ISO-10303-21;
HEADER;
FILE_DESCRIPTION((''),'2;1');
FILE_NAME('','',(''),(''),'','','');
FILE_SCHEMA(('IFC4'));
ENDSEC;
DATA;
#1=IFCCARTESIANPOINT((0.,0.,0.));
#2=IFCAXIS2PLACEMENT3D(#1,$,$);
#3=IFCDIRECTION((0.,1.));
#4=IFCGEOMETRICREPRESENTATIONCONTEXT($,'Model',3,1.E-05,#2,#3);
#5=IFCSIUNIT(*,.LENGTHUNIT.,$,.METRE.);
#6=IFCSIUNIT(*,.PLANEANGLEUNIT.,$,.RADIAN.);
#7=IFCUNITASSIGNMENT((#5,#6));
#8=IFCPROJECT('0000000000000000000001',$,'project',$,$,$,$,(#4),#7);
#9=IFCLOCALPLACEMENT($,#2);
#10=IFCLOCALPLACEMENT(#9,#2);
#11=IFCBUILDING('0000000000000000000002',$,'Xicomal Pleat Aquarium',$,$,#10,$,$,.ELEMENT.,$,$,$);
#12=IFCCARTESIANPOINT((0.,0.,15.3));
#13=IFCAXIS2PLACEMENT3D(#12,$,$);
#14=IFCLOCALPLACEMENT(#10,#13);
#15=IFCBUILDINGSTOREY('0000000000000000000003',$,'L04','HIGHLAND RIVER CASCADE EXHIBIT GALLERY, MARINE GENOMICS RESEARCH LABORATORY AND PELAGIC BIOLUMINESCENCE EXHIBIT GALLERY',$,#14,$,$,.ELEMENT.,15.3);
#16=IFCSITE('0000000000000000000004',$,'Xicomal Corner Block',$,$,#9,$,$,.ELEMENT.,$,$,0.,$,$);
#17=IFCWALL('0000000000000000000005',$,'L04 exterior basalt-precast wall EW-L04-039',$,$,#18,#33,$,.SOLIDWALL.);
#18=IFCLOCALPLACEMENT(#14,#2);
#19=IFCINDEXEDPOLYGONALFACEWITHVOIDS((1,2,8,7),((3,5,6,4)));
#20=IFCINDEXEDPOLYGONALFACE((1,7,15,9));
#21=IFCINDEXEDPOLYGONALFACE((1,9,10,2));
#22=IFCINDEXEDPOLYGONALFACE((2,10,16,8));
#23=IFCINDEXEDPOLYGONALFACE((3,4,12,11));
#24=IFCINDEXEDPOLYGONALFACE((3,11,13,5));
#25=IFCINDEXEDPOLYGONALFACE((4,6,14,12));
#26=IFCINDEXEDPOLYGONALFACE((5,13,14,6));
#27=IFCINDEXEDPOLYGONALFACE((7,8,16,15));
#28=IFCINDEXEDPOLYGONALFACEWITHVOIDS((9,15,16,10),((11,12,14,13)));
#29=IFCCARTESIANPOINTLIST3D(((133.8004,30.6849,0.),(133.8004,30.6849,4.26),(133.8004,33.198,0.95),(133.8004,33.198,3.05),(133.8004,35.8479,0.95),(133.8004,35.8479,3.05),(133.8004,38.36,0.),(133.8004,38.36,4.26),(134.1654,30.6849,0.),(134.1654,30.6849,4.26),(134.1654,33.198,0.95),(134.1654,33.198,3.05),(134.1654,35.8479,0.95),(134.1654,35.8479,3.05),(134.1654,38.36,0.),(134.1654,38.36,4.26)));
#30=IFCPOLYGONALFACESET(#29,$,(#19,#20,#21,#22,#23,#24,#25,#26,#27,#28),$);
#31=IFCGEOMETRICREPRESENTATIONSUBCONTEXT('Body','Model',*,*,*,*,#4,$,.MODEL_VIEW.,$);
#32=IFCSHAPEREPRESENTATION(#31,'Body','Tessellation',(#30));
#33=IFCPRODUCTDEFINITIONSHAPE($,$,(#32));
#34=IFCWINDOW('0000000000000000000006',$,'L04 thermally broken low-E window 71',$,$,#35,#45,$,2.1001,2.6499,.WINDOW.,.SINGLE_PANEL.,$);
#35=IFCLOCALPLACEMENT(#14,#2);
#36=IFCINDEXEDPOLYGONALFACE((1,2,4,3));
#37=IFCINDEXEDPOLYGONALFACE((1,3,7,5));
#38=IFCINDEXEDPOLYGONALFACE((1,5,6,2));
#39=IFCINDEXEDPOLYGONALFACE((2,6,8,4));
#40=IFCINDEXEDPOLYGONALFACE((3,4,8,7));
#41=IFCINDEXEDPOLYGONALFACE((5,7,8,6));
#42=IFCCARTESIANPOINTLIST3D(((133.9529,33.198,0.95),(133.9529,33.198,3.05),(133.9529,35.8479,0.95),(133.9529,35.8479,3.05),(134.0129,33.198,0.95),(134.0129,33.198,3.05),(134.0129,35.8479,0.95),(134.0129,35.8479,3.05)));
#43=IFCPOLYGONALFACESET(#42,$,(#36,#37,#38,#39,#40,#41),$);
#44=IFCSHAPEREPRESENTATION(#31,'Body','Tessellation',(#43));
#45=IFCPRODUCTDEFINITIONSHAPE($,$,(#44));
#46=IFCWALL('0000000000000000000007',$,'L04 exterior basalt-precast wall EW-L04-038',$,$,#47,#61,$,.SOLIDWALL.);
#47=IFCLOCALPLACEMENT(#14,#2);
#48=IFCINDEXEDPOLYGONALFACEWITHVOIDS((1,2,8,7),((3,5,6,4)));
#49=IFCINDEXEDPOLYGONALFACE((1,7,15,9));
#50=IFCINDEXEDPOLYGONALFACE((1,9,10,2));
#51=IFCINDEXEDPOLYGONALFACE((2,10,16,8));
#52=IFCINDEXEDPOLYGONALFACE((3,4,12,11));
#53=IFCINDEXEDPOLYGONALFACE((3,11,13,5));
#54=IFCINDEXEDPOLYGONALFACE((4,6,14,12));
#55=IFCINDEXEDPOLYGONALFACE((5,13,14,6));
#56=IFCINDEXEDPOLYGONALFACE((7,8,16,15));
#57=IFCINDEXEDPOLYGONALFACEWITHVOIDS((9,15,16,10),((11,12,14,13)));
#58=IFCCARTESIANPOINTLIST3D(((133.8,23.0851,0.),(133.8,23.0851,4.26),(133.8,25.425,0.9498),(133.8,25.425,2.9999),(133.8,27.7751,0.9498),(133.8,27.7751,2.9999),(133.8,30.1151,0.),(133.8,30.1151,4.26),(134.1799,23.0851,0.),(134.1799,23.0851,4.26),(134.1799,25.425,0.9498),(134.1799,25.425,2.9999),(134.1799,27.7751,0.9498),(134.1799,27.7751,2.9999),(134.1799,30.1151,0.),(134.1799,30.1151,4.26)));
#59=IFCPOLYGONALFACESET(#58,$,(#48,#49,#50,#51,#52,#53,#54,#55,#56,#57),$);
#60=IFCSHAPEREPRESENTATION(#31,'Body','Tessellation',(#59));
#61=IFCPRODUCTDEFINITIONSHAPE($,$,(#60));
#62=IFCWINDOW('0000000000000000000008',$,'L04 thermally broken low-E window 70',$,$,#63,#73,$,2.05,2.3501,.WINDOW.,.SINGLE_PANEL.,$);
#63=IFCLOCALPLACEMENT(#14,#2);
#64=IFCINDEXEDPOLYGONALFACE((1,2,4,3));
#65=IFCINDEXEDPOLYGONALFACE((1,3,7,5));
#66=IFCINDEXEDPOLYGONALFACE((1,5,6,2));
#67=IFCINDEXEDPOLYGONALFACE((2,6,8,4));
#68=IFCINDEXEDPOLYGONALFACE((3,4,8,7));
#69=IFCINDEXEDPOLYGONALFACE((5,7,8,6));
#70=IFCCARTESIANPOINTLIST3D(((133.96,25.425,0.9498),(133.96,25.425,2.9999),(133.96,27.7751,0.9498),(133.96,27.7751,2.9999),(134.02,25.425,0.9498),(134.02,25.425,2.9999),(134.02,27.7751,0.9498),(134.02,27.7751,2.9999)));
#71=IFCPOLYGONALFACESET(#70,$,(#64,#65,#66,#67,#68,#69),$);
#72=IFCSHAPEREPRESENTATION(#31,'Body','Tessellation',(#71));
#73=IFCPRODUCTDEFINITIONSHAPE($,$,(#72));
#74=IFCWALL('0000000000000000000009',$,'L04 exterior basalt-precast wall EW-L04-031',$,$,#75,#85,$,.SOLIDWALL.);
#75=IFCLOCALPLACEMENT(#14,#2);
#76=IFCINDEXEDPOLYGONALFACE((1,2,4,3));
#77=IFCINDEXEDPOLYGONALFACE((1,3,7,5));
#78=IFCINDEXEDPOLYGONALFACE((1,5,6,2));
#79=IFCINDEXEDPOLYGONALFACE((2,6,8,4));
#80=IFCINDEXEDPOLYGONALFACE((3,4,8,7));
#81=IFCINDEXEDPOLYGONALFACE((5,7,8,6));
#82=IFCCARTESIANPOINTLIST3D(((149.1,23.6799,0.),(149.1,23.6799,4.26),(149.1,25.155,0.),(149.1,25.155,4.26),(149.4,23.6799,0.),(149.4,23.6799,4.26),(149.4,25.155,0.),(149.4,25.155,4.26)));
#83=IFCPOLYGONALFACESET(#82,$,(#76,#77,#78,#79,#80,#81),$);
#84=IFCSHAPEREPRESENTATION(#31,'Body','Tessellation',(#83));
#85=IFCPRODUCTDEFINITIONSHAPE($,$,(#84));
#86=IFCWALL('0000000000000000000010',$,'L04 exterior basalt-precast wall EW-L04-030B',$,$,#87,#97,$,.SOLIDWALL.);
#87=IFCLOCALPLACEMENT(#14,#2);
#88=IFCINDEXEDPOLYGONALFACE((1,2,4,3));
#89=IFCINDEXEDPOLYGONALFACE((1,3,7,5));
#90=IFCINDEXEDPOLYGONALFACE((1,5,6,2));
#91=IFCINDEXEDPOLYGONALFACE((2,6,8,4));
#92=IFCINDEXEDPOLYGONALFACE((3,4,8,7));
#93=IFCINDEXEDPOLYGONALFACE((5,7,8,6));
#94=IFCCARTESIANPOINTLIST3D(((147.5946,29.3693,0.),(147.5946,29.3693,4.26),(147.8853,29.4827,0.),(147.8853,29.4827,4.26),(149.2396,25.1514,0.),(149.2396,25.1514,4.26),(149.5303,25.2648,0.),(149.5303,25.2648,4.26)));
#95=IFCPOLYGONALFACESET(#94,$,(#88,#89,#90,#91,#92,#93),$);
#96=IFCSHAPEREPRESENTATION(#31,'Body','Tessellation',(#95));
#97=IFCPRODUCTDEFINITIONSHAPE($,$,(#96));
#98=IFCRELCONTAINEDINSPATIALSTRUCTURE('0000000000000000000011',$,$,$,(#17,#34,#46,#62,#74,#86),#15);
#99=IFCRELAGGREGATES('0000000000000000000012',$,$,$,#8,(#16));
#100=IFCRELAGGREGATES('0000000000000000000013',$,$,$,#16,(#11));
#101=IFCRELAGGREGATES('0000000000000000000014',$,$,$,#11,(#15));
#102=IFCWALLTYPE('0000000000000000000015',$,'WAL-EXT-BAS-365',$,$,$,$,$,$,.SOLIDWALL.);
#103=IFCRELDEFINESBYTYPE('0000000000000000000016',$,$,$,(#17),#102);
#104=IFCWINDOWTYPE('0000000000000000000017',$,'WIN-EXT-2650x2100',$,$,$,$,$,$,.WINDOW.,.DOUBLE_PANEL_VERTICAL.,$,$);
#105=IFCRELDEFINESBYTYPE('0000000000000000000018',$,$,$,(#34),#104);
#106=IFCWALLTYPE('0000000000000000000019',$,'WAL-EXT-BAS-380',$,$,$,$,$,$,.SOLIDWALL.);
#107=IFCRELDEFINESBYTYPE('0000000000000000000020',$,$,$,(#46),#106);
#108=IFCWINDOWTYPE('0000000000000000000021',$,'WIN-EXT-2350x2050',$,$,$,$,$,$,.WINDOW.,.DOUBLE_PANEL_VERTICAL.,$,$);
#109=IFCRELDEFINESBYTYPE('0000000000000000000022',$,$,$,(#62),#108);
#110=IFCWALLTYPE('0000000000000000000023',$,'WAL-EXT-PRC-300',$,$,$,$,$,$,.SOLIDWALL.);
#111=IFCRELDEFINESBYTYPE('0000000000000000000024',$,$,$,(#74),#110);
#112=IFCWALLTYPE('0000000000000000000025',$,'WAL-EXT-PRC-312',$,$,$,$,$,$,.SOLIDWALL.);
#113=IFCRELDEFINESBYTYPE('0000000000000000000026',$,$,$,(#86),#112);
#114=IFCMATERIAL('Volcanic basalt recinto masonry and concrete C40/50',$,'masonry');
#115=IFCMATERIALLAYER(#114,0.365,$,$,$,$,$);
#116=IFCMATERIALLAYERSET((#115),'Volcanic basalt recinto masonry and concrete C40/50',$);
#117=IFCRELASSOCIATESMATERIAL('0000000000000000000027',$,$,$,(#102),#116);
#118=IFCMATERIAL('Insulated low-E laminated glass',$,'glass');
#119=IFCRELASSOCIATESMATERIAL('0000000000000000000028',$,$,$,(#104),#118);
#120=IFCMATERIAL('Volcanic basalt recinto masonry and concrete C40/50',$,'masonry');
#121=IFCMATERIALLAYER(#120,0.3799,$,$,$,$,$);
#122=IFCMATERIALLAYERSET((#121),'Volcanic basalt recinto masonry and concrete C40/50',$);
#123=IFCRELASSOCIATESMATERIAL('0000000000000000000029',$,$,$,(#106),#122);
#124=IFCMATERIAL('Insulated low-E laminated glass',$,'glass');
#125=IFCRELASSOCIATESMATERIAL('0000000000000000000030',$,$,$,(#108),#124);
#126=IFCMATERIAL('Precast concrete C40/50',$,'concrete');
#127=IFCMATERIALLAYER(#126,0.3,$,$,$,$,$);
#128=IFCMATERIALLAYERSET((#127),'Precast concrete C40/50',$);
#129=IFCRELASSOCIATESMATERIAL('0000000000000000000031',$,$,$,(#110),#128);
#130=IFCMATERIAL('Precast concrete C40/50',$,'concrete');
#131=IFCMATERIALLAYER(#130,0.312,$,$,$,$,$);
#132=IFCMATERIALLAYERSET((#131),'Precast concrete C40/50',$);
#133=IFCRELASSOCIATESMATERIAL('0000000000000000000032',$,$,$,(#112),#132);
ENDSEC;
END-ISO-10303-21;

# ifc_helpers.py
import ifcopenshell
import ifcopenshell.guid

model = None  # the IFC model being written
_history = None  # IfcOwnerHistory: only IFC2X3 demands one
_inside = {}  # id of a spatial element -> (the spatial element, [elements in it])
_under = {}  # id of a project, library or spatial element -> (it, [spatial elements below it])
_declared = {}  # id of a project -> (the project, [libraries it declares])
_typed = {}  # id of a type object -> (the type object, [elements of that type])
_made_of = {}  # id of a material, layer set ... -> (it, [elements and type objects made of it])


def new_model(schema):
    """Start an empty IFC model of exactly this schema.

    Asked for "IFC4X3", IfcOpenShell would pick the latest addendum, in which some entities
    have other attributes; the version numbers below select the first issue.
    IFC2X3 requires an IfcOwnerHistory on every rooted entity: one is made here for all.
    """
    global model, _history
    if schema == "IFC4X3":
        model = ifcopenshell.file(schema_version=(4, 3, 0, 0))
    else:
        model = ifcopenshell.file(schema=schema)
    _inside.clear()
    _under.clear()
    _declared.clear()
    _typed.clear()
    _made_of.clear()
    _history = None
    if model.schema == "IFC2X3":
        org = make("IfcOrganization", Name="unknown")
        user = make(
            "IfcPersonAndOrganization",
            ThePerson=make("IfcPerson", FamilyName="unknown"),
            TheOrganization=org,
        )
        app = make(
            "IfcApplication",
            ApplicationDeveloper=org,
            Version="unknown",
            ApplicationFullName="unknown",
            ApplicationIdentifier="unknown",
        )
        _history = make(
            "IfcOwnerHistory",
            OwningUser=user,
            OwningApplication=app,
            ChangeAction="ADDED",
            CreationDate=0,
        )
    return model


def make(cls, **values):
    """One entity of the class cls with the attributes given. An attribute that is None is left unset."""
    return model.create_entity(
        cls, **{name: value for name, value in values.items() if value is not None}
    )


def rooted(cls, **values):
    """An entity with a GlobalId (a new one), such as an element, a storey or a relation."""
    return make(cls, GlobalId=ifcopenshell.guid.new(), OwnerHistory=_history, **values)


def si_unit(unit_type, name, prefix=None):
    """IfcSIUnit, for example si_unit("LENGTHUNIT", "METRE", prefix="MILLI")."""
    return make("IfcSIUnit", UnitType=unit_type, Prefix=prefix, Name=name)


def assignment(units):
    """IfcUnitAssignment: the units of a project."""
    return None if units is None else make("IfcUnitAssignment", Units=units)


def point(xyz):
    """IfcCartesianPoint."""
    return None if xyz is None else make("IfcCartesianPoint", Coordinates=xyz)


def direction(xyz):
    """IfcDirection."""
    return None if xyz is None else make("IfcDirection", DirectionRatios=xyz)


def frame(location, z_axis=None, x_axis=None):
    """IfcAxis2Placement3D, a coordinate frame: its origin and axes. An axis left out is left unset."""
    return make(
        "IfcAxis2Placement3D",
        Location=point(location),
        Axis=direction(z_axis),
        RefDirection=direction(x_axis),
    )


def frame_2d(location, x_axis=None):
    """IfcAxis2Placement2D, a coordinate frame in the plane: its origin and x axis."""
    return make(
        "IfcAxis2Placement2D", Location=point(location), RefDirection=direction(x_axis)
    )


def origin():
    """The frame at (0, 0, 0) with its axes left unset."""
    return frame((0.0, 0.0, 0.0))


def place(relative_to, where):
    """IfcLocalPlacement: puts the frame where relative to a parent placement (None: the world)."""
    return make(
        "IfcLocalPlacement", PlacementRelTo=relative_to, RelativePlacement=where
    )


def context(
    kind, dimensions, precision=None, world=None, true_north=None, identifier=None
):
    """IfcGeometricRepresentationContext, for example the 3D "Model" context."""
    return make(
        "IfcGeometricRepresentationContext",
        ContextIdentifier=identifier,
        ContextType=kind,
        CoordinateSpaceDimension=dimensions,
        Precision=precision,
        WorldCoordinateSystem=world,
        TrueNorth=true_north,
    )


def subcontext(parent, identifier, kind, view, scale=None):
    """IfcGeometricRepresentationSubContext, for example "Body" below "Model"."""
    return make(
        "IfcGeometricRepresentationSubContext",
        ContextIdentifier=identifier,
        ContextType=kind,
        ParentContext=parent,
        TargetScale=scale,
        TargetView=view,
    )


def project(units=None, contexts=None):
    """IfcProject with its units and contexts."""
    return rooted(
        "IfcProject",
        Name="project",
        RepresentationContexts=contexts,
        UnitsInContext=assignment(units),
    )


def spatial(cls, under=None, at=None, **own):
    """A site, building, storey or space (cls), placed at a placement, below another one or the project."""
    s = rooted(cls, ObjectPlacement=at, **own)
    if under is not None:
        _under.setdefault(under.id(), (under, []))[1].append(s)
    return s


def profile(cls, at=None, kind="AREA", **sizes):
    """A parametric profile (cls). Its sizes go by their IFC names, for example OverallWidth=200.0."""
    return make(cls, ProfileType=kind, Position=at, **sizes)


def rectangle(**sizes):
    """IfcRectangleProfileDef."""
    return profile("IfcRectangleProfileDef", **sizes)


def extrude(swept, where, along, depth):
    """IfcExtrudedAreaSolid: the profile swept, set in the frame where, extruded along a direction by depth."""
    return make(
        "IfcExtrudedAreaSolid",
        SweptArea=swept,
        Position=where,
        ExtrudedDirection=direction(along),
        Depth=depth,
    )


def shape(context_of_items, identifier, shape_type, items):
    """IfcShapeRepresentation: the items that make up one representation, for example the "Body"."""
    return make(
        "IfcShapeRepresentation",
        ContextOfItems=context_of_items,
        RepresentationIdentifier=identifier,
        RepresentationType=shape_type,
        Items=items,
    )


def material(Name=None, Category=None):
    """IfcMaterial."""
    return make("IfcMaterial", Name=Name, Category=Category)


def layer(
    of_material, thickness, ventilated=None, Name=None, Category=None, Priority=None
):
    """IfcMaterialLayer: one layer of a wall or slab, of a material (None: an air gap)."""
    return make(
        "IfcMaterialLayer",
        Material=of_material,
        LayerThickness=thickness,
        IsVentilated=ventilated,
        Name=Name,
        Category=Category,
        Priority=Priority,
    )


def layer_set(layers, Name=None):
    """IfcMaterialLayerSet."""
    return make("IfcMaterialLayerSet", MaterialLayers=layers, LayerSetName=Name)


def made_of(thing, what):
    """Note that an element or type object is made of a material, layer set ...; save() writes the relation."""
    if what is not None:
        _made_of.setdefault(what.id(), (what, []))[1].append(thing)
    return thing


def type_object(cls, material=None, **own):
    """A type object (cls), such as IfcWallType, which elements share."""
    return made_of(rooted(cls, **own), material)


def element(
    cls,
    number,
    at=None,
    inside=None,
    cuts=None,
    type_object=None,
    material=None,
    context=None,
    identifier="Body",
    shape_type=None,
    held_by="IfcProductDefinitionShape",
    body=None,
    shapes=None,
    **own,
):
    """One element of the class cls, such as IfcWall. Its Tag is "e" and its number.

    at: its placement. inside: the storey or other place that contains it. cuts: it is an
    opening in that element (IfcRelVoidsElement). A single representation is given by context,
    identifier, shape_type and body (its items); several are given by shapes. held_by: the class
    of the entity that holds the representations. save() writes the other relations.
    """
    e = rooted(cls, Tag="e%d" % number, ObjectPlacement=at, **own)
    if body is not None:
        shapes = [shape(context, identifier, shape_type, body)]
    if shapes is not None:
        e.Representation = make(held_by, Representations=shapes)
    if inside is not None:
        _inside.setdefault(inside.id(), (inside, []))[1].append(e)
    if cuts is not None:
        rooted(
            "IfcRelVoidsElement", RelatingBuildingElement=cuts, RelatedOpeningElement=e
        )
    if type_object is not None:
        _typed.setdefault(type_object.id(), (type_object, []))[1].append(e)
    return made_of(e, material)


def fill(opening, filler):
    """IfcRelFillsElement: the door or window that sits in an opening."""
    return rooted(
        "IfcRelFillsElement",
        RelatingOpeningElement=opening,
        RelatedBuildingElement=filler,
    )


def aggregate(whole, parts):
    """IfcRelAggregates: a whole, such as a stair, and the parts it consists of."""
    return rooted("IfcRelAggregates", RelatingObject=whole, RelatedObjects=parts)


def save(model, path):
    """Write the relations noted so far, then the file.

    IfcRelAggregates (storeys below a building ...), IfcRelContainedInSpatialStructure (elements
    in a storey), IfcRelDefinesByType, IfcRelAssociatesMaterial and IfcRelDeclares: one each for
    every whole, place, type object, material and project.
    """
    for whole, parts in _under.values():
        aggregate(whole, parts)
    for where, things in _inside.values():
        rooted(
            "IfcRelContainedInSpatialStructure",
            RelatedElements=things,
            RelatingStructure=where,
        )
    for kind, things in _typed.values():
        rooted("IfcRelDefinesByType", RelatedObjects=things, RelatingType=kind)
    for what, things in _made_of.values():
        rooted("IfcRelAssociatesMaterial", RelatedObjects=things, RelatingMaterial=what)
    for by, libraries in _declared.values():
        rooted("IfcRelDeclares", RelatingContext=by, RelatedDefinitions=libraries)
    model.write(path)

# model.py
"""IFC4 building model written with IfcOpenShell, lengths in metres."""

from ifc_helpers import new_model, si_unit, direction, frame, frame_2d, origin, place, context, subcontext, project, spatial, rectangle, extrude, material, layer, layer_set, type_object, element, fill, save


model = new_model("IFC4")

# Units and contexts
model_context = context("Model", 3, precision=1e-05, world=origin(), true_north=direction((0.0, 1.0)))
body_context = subcontext(model_context, "Body", "Model", "MODEL_VIEW")
ifc_project = project(units=[si_unit("LENGTHUNIT", "METRE"), si_unit("PLANEANGLEUNIT", "RADIAN")], contexts=[model_context])

# Site, building, storey
site_placement = place(None, origin())
site = spatial("IfcSite", under=ifc_project, at=site_placement, Name="Xicomal Corner Block", CompositionType="ELEMENT", RefElevation=0.0)
building_placement = place(site_placement, origin())
building = spatial("IfcBuilding", under=site, at=building_placement, Name="Xicomal Pleat Aquarium", CompositionType="ELEMENT")
storey_placement = place(building_placement, frame((0.0, 0.0, 15.3)))
storey = spatial("IfcBuildingStorey", under=building, at=storey_placement, Name="L04", Description="HIGHLAND RIVER CASCADE EXHIBIT GALLERY, MARINE GENOMICS RESEARCH LABORATORY AND PELAGIC BIOLUMINESCENCE EXHIBIT GALLERY", CompositionType="ELEMENT", Elevation=15.3)

# Walls, openings, windows
ifc_material_1 = material(Name="Volcanic basalt recinto masonry and concrete C40/50", Category="masonry")
ifc_layer_1 = layer(ifc_material_1, 0.365)
ifc_layer_set_1 = layer_set([ifc_layer_1], Name="Volcanic basalt recinto masonry and concrete C40/50")
wall_type_1 = type_object("IfcWallType", Name="WAL-EXT-BAS-365", PredefinedType="SOLIDWALL", material=ifc_layer_set_1)
wall_1_placement = place(storey_placement, frame((133.9829, 30.6851, 0.0), z_axis=(0.0, 0.0, 1.0), x_axis=(0.0, 1.0, 0.0)))
wall_1 = element("IfcWall", 1, at=wall_1_placement, inside=storey, type_object=wall_type_1, Name="L04 exterior basalt-precast wall EW-L04-039", PredefinedType="SOLIDWALL", context=body_context, shape_type="SweptSolid", body=[
    extrude(rectangle(XDim=7.675, YDim=0.365, at=frame_2d((3.8374, 0.0))), origin(), (0.0, 0.0, 1.0), 4.26),
])
opening_1_placement = place(wall_1_placement, frame((2.5129, 0.0, 0.95)))
opening_1 = element("IfcOpeningElement", 2, at=opening_1_placement, cuts=wall_1, PredefinedType="OPENING", context=body_context, shape_type="SweptSolid", body=[
    extrude(rectangle(XDim=2.6499, YDim=2.1001, at=frame_2d((1.325, 1.05))), frame((0.0, 0.1924, 0.0), z_axis=(0.0, -1.0, 0.0), x_axis=(1.0, 0.0, 0.0)), (0.0, 0.0, 1.0), 0.385),
])
ifc_material_2 = material(Name="Insulated low-E laminated glass", Category="glass")
window_type_1 = type_object("IfcWindowType", Name="WIN-EXT-2650x2100", PartitioningType="DOUBLE_PANEL_VERTICAL", PredefinedType="WINDOW", material=ifc_material_2)
window_1_placement = place(opening_1_placement, origin())
window_1 = element("IfcWindow", 3, at=window_1_placement, inside=storey, type_object=window_type_1, Name="L04 thermally broken low-E window 71", OverallHeight=2.1001, OverallWidth=2.6499, PartitioningType="SINGLE_PANEL", PredefinedType="WINDOW", context=body_context, shape_type="SweptSolid", body=[
    extrude(rectangle(XDim=2.6499, YDim=2.1001, at=frame_2d((1.325, 1.05))), frame((0.0, 0.03, 0.0), z_axis=(0.0, -1.0, 0.0), x_axis=(1.0, 0.0, 0.0)), (0.0, 0.0, 1.0), 0.0601),
])
fill(opening_1, window_1)
ifc_material_3 = material(Name="Volcanic basalt recinto masonry and concrete C40/50", Category="masonry")
ifc_layer_2 = layer(ifc_material_3, 0.3799)
ifc_layer_set_2 = layer_set([ifc_layer_2], Name="Volcanic basalt recinto masonry and concrete C40/50")
wall_type_2 = type_object("IfcWallType", Name="WAL-EXT-BAS-380", PredefinedType="SOLIDWALL", material=ifc_layer_set_2)
wall_2_placement = place(storey_placement, frame((133.99, 23.085, 0.0), z_axis=(0.0, 0.0, 1.0), x_axis=(0.0, 1.0, 0.0)))
wall_2 = element("IfcWall", 4, at=wall_2_placement, inside=storey, type_object=wall_type_2, Name="L04 exterior basalt-precast wall EW-L04-038", PredefinedType="SOLIDWALL", context=body_context, shape_type="SweptSolid", body=[
    extrude(rectangle(XDim=7.03, YDim=0.3799, at=frame_2d((3.5151, 0.0))), origin(), (0.0, 0.0, 1.0), 4.26),
])
opening_2_placement = place(wall_2_placement, frame((2.3401, 0.0, 0.95)))
opening_2 = element("IfcOpeningElement", 5, at=opening_2_placement, cuts=wall_2, PredefinedType="OPENING", context=body_context, shape_type="SweptSolid", body=[
    extrude(rectangle(XDim=2.3501, YDim=2.05, at=frame_2d((1.175, 1.0249))), frame((0.0, 0.2, 0.0), z_axis=(0.0, -1.0, 0.0), x_axis=(1.0, 0.0, 0.0)), (0.0, 0.0, 1.0), 0.3999),
])
ifc_material_4 = material(Name="Insulated low-E laminated glass", Category="glass")
window_type_2 = type_object("IfcWindowType", Name="WIN-EXT-2350x2050", PartitioningType="DOUBLE_PANEL_VERTICAL", PredefinedType="WINDOW", material=ifc_material_4)
window_2_placement = place(opening_2_placement, origin())
window_2 = element("IfcWindow", 6, at=window_2_placement, inside=storey, type_object=window_type_2, Name="L04 thermally broken low-E window 70", OverallHeight=2.05, OverallWidth=2.3501, PartitioningType="SINGLE_PANEL", PredefinedType="WINDOW", context=body_context, shape_type="SweptSolid", body=[
    extrude(rectangle(XDim=2.3501, YDim=2.05, at=frame_2d((1.175, 1.0249))), frame((0.0, 0.03, 0.0), z_axis=(0.0, -1.0, 0.0), x_axis=(1.0, 0.0, 0.0)), (0.0, 0.0, 1.0), 0.0601),
])
fill(opening_2, window_2)

# Walls
ifc_material_5 = material(Name="Precast concrete C40/50", Category="concrete")
ifc_layer_3 = layer(ifc_material_5, 0.3)
ifc_layer_set_3 = layer_set([ifc_layer_3], Name="Precast concrete C40/50")
wall_type_3 = type_object("IfcWallType", Name="WAL-EXT-PRC-300", PredefinedType="SOLIDWALL", material=ifc_layer_set_3)
wall_3_placement = place(storey_placement, frame((149.25, 25.155, 0.0), z_axis=(0.0, 0.0, 1.0), x_axis=(0.0, -1.0, 0.0)))
element("IfcWall", 7, at=wall_3_placement, inside=storey, type_object=wall_type_3, Name="L04 exterior basalt-precast wall EW-L04-031", PredefinedType="SOLIDWALL", context=body_context, shape_type="SweptSolid", body=[
    extrude(rectangle(XDim=1.4751, YDim=0.3, at=frame_2d((0.7375, 0.0))), origin(), (0.0, 0.0, 1.0), 4.26),
])
ifc_material_6 = material(Name="Precast concrete C40/50", Category="concrete")
ifc_layer_4 = layer(ifc_material_6, 0.312)
ifc_layer_set_4 = layer_set([ifc_layer_4], Name="Precast concrete C40/50")
wall_type_4 = type_object("IfcWallType", Name="WAL-EXT-PRC-312", PredefinedType="SOLIDWALL", material=ifc_layer_set_4)
wall_4_placement = place(storey_placement, frame((147.74, 29.426, 0.0), z_axis=(0.0, 0.0, 1.0), x_axis=(0.363344, -0.931655, 0.0)))
element("IfcWall", 8, at=wall_4_placement, inside=storey, type_object=wall_type_4, Name="L04 exterior basalt-precast wall EW-L04-030B", PredefinedType="SOLIDWALL", context=body_context, shape_type="SweptSolid", body=[
    extrude(rectangle(XDim=4.5273, YDim=0.312, at=frame_2d((2.2637, 0.0))), origin(), (0.0, 0.0, 1.0), 4.26),
])

save(model, "model.ifc")
